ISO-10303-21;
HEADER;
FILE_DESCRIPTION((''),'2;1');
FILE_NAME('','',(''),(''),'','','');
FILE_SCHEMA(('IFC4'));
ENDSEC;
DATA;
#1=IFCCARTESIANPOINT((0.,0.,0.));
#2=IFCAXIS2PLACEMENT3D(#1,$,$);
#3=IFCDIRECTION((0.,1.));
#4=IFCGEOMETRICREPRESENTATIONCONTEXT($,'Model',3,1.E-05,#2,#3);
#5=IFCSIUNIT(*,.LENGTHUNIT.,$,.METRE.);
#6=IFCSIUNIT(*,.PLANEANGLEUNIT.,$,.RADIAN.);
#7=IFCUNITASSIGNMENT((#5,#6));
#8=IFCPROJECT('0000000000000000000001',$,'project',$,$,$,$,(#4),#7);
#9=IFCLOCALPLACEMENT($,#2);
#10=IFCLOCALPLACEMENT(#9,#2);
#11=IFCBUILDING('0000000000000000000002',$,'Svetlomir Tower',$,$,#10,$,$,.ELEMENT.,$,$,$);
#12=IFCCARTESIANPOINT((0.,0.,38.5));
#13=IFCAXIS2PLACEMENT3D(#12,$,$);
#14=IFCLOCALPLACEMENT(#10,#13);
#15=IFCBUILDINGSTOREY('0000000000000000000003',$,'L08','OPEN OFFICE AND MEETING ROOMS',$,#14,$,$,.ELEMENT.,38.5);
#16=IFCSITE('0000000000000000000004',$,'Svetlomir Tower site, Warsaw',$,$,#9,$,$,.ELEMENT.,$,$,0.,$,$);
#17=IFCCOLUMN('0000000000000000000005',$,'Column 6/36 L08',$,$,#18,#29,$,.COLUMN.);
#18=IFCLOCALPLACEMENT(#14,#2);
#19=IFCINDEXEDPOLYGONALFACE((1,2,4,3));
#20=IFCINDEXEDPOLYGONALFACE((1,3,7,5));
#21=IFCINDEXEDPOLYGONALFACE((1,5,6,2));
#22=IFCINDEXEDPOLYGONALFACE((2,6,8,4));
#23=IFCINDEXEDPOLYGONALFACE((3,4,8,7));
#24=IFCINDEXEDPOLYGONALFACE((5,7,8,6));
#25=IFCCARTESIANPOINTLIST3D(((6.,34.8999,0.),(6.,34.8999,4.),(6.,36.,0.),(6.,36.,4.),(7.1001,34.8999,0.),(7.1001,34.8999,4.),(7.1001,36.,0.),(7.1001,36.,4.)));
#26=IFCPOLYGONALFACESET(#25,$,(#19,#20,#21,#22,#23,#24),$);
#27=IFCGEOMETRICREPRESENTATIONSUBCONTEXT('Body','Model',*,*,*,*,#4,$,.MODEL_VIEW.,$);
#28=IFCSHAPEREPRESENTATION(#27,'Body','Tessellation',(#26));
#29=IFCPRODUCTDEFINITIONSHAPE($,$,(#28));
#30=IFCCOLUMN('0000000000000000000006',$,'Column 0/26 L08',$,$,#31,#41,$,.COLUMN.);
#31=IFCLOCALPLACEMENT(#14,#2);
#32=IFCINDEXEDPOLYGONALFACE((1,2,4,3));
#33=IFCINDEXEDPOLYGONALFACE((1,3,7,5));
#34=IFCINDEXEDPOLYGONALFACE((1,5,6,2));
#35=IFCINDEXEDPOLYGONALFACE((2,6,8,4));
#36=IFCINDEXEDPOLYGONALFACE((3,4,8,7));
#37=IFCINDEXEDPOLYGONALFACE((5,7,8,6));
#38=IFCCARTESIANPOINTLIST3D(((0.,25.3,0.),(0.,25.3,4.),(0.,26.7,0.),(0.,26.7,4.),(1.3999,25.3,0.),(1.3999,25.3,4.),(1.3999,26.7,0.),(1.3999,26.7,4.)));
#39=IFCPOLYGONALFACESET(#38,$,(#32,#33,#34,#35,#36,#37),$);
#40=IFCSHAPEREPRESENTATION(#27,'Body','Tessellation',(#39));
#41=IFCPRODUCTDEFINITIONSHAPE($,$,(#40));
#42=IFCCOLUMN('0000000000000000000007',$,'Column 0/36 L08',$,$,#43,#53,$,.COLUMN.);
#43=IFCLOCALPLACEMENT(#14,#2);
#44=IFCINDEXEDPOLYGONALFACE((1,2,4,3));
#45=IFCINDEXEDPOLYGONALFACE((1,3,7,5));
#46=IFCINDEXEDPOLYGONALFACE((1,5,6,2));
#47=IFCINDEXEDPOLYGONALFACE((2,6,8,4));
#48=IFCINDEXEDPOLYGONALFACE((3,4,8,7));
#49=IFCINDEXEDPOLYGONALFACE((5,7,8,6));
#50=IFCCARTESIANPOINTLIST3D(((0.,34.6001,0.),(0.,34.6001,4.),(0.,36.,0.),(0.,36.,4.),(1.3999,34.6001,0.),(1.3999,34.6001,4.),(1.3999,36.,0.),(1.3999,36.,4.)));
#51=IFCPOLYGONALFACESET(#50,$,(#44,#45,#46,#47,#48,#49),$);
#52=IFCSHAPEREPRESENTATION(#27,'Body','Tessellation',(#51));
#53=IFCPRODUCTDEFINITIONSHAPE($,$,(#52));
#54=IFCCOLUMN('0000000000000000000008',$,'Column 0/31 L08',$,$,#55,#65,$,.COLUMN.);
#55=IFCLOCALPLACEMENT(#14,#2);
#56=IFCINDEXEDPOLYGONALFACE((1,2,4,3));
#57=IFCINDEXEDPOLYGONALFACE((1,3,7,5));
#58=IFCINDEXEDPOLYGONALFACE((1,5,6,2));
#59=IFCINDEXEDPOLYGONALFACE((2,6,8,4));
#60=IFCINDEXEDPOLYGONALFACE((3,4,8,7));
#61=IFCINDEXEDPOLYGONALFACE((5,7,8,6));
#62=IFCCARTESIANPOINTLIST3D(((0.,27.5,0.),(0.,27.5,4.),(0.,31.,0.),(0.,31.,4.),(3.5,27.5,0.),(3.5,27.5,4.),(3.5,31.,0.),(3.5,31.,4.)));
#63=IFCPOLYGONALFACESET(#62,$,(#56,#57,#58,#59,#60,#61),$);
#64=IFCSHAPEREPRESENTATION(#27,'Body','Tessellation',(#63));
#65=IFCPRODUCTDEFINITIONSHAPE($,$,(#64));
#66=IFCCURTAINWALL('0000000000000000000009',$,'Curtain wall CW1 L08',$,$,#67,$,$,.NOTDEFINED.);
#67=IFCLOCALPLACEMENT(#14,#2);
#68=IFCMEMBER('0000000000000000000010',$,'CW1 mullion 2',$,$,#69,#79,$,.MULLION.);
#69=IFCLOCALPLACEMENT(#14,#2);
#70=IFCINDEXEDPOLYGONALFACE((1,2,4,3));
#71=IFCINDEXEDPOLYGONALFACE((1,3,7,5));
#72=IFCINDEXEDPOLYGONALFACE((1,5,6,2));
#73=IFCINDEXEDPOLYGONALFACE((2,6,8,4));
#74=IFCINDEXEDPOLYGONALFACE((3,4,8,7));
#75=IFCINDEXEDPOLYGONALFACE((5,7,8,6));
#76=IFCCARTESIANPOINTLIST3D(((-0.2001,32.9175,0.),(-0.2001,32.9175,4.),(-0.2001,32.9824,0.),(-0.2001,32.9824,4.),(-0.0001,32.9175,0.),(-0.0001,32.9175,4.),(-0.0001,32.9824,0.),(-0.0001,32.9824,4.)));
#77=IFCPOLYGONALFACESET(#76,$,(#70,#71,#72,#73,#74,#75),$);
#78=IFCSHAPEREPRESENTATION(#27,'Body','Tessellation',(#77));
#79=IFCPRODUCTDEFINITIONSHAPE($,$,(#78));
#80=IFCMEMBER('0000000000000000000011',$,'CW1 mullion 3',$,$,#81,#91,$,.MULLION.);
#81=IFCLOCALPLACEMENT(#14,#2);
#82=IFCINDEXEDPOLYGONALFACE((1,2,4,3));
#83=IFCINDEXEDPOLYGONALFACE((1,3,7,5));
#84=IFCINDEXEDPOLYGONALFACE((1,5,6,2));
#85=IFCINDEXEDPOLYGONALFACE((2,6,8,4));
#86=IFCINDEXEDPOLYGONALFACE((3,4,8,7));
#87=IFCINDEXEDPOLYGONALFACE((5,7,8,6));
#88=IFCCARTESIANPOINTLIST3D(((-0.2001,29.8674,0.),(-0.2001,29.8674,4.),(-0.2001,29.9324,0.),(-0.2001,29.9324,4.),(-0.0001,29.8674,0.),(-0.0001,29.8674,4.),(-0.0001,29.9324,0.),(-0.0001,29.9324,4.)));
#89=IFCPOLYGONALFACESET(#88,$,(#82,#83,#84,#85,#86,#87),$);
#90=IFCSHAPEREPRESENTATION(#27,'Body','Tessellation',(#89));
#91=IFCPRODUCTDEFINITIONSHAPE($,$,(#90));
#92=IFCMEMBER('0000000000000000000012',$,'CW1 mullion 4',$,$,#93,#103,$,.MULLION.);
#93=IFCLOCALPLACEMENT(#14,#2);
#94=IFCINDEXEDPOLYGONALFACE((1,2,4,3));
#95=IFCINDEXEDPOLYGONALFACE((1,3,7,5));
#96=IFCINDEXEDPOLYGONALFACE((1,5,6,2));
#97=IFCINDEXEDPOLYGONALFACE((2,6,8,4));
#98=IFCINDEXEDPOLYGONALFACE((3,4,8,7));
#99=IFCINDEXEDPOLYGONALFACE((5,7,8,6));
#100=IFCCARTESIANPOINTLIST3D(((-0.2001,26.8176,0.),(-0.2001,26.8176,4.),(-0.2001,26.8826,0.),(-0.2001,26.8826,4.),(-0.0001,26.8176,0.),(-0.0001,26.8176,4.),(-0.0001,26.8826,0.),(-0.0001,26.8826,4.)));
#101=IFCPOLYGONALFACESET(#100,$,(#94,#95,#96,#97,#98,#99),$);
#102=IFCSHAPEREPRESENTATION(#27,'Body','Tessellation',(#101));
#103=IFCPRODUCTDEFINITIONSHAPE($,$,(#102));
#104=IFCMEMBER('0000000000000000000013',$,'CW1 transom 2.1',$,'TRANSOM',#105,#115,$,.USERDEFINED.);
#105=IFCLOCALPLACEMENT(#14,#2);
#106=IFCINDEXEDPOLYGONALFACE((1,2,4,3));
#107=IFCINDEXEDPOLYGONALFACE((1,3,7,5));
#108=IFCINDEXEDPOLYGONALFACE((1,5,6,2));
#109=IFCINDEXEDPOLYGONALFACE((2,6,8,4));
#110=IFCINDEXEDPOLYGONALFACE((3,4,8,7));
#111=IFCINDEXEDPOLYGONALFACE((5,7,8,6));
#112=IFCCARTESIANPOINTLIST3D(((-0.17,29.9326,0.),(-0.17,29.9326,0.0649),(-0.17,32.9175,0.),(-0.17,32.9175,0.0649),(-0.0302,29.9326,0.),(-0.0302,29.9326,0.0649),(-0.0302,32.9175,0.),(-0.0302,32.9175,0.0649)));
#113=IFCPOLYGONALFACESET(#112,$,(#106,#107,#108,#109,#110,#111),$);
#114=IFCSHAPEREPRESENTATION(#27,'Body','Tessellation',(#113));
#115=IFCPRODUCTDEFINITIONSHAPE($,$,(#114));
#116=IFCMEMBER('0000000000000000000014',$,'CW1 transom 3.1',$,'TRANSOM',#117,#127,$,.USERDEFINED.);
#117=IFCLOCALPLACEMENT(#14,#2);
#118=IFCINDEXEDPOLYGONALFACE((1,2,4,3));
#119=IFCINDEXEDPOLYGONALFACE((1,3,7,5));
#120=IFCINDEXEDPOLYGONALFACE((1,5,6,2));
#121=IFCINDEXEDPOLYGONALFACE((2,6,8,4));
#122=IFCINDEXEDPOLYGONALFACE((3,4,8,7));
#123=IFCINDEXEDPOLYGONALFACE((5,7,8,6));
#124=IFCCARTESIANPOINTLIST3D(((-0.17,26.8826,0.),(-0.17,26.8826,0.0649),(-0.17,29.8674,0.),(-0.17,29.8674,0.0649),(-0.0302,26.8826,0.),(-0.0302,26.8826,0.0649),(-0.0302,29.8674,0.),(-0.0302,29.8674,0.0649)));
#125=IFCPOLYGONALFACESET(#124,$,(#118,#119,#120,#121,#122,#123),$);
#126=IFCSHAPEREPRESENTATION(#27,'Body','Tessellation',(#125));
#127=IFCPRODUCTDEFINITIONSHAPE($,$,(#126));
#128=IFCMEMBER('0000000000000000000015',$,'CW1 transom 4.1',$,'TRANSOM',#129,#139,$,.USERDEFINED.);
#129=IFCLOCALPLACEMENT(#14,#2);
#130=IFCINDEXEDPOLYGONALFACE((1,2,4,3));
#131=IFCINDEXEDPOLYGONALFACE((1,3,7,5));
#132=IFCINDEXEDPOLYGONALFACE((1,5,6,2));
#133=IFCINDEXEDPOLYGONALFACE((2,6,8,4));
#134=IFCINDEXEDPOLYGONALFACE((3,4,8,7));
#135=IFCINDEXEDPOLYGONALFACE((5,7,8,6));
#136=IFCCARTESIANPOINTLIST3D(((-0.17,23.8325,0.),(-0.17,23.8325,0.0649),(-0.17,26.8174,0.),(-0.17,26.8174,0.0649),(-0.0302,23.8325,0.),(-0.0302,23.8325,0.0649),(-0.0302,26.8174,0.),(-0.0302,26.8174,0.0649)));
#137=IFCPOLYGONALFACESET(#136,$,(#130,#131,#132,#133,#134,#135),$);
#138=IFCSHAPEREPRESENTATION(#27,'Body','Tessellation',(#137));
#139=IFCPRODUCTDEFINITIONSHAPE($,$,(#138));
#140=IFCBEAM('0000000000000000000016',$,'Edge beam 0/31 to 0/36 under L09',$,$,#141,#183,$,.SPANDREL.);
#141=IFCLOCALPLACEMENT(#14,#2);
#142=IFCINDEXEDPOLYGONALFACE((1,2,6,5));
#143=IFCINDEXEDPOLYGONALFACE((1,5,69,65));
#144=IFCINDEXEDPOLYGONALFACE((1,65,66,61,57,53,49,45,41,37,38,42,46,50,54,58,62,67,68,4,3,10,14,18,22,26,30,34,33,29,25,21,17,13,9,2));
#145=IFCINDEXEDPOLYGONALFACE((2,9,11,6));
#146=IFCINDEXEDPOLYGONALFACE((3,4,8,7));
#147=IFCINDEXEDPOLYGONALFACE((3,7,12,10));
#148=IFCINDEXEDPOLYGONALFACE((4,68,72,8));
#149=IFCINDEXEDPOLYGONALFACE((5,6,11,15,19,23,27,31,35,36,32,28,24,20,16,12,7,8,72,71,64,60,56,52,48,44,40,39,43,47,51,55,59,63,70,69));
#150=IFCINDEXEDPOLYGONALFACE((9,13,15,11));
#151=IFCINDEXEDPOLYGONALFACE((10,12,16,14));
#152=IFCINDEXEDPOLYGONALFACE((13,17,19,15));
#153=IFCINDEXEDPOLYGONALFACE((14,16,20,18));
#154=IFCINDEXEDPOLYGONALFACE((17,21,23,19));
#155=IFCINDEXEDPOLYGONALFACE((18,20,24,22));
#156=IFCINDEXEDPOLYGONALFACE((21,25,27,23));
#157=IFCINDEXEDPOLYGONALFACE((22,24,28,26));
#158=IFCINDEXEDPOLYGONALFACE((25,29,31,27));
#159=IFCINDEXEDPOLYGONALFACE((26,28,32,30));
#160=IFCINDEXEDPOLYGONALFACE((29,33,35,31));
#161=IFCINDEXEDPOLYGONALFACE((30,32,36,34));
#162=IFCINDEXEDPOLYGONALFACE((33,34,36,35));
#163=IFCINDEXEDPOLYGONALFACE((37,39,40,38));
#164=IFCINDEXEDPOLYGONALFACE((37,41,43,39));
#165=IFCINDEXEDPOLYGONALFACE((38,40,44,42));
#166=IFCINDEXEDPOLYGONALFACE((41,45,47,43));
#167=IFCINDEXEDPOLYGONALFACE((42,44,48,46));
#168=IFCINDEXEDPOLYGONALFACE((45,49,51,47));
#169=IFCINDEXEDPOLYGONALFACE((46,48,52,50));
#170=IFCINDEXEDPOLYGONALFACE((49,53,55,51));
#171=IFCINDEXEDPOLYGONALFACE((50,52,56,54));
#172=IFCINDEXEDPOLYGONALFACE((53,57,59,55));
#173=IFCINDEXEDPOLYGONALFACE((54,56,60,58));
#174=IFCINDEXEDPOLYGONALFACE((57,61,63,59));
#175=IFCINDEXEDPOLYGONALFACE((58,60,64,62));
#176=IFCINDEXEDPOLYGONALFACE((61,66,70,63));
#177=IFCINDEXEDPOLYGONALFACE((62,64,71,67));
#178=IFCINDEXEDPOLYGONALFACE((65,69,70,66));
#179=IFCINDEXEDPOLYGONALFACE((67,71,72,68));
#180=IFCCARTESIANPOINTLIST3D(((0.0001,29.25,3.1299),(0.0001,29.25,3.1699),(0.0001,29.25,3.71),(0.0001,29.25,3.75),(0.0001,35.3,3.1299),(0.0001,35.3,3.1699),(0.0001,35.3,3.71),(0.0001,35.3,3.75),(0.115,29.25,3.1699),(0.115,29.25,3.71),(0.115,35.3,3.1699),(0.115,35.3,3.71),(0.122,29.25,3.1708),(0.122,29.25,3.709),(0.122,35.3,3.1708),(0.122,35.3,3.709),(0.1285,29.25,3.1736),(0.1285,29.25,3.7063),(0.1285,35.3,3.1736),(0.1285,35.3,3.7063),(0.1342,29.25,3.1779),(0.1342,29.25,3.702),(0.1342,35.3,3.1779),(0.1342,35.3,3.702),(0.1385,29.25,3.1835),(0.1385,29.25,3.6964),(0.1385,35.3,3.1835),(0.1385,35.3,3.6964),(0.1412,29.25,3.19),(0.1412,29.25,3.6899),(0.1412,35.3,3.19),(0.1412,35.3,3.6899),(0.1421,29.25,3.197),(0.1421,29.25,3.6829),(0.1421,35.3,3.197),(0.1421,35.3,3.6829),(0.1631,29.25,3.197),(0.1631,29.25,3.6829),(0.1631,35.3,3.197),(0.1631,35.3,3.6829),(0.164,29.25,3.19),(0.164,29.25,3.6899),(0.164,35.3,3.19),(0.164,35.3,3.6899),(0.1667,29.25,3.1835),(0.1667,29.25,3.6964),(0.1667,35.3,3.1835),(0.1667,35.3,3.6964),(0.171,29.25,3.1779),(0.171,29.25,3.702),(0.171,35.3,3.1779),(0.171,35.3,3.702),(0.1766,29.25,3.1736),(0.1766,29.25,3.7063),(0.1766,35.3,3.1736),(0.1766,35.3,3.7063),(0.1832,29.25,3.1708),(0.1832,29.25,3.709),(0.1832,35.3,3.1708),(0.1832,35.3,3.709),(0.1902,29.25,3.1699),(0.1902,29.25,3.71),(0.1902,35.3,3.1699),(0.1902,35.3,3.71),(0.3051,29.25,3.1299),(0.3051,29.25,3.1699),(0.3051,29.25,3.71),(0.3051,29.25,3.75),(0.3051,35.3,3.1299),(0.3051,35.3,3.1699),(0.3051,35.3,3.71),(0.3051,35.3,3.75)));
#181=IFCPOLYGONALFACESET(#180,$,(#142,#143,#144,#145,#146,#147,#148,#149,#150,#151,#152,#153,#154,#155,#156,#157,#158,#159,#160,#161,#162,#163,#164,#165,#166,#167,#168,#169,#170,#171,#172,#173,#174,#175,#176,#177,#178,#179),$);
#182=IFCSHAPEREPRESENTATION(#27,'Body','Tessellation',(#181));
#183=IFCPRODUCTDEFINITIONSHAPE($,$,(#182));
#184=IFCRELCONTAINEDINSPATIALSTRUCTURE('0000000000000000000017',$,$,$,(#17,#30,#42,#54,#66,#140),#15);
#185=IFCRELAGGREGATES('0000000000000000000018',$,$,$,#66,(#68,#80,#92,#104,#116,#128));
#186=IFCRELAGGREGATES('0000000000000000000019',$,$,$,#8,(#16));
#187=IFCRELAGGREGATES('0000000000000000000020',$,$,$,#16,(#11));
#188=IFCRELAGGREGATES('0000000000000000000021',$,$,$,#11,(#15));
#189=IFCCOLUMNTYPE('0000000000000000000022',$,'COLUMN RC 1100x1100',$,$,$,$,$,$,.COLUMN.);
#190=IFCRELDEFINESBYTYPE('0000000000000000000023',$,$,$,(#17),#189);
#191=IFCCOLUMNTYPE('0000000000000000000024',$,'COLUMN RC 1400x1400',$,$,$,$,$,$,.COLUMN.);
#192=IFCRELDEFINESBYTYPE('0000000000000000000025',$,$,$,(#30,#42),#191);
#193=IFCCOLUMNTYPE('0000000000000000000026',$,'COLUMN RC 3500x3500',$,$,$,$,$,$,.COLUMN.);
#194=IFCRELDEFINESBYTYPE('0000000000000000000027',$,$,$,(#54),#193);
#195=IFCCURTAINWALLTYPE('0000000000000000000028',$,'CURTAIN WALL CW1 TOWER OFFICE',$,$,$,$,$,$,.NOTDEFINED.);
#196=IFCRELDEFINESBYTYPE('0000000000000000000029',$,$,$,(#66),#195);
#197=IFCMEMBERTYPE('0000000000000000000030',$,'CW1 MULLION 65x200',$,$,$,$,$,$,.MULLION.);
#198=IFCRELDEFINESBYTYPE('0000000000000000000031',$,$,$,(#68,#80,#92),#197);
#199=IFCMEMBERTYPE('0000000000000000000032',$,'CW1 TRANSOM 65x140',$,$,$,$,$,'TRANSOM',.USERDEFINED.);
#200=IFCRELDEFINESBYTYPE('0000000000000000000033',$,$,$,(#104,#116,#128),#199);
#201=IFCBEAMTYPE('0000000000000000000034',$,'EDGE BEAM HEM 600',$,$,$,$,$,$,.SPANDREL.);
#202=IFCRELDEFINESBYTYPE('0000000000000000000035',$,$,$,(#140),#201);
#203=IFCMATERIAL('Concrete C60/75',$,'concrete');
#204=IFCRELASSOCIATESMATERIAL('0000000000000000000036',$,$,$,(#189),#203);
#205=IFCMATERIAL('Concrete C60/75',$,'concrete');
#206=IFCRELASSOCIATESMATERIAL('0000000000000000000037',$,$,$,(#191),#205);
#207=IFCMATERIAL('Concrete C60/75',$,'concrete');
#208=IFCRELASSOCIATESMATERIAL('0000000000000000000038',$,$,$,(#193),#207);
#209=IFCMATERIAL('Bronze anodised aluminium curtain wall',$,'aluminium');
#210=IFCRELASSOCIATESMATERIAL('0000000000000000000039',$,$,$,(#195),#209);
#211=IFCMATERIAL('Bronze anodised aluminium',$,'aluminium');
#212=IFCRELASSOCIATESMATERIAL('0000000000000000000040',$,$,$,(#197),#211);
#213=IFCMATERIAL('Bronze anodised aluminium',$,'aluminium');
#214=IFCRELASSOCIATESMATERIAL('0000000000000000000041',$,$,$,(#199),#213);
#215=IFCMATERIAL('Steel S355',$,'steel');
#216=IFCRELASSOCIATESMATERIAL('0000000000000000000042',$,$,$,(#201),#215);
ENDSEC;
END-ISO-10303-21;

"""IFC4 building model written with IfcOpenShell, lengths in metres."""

from ifc_helpers import new_model, si_unit, direction, frame, origin, origin_2d, place, context, subcontext, project, spatial, rectangle, i_section, extrude, material, material_profile, profile_set, type_object, element, aggregate, save


model = new_model("IFC4")

# Units and contexts
model_context = context("Model", 3, precision=1e-05, world=origin(), true_north=direction((0.0, 1.0)))
body_context = subcontext(model_context, "Body", "Model", "MODEL_VIEW")
ifc_project = project(units=[si_unit("LENGTHUNIT", "METRE"), si_unit("PLANEANGLEUNIT", "RADIAN")], contexts=[model_context])

# Site, building, storey
site_placement = place(None, origin())
site = spatial("IfcSite", under=ifc_project, at=site_placement, Name="Svetlomir Tower site, Warsaw", CompositionType="ELEMENT", RefElevation=0.0)
building_placement = place(site_placement, origin())
building = spatial("IfcBuilding", under=site, at=building_placement, Name="Svetlomir Tower", CompositionType="ELEMENT")
storey_placement = place(building_placement, frame((0.0, 0.0, 38.5)))
storey = spatial("IfcBuildingStorey", under=building, at=storey_placement, Name="L08", Description="OPEN OFFICE AND MEETING ROOMS", CompositionType="ELEMENT", Elevation=38.5)

# Columns
ifc_material_1 = material(Name="Concrete C60/75", Category="concrete")
ifc_material_profile_1 = material_profile(ifc_material_1, rectangle(XDim=1.1001, YDim=1.1001, at=origin_2d()), Name="RC 1100x1100")
ifc_profile_set_1 = profile_set([ifc_material_profile_1], Name="Concrete C60/75")
column_type_1 = type_object("IfcColumnType", Name="COLUMN RC 1100x1100", PredefinedType="COLUMN", material=ifc_profile_set_1)
column_1_placement = place(storey_placement, frame((6.55, 35.45, 0.0), z_axis=(0.0, 0.0, 1.0), x_axis=(1.0, 0.0, 0.0)))
element("IfcColumn", 1, at=column_1_placement, inside=storey, type_object=column_type_1, Name="Column 6/36 L08", PredefinedType="COLUMN", context=body_context, shape_type="SweptSolid", body=[
    extrude(rectangle(XDim=1.1001, YDim=1.1001, at=origin_2d()), origin(), (0.0, 0.0, 1.0), 4.0),
])
ifc_material_2 = material(Name="Concrete C60/75", Category="concrete")
ifc_material_profile_2 = material_profile(ifc_material_2, rectangle(XDim=1.3999, YDim=1.3999, at=origin_2d()), Name="RC 1400x1400")
ifc_profile_set_2 = profile_set([ifc_material_profile_2], Name="Concrete C60/75")
column_type_2 = type_object("IfcColumnType", Name="COLUMN RC 1400x1400", PredefinedType="COLUMN", material=ifc_profile_set_2)
for number, where, z_axis, x_axis, name in (
    (2, (0.7, 26.0, 0.0), (0.0, 0.0, 1.0), (1.0, 0.0, 0.0), "Column 0/26 L08"),
    (3, (0.7, 35.3, 0.0), (0.0, 0.0, 1.0), (1.0, 0.0, 0.0), "Column 0/36 L08"),
):
    element("IfcColumn", number, at=place(storey_placement, frame(where, z_axis=z_axis, x_axis=x_axis)), inside=storey, type_object=column_type_2, Name=name, PredefinedType="COLUMN", context=body_context, shape_type="SweptSolid", body=[
        extrude(rectangle(XDim=1.3999, YDim=1.3999, at=origin_2d()), origin(), (0.0, 0.0, 1.0), 4.0),
    ])
ifc_material_3 = material(Name="Concrete C60/75", Category="concrete")
ifc_material_profile_3 = material_profile(ifc_material_3, rectangle(XDim=3.5, YDim=3.5, at=origin_2d()), Name="RC 3500x3500")
ifc_profile_set_3 = profile_set([ifc_material_profile_3], Name="Concrete C60/75")
column_type_3 = type_object("IfcColumnType", Name="COLUMN RC 3500x3500", PredefinedType="COLUMN", material=ifc_profile_set_3)
column_2_placement = place(storey_placement, frame((1.75, 29.25, 0.0), z_axis=(0.0, 0.0, 1.0), x_axis=(1.0, 0.0, 0.0)))
element("IfcColumn", 4, at=column_2_placement, inside=storey, type_object=column_type_3, Name="Column 0/31 L08", PredefinedType="COLUMN", context=body_context, shape_type="SweptSolid", body=[
    extrude(rectangle(XDim=3.5, YDim=3.5, at=origin_2d()), origin(), (0.0, 0.0, 1.0), 4.0),
])

# Curtain wall, members
ifc_material_4 = material(Name="Bronze anodised aluminium curtain wall", Category="aluminium")
curtain_wall_type = type_object("IfcCurtainWallType", Name="CURTAIN WALL CW1 TOWER OFFICE", PredefinedType="NOTDEFINED", material=ifc_material_4)
curtain_wall_placement = place(storey_placement, origin())
curtain_wall = element("IfcCurtainWall", 5, at=curtain_wall_placement, inside=storey, type_object=curtain_wall_type, Name="Curtain wall CW1 L08", PredefinedType="NOTDEFINED")
ifc_material_5 = material(Name="Bronze anodised aluminium", Category="aluminium")
ifc_material_profile_4 = material_profile(ifc_material_5, rectangle(XDim=0.0649, YDim=0.2, at=origin_2d()), Name="AL 65x200")
ifc_profile_set_4 = profile_set([ifc_material_profile_4], Name="Bronze anodised aluminium 6063-T6")
member_type_1 = type_object("IfcMemberType", Name="CW1 MULLION 65x200", PredefinedType="MULLION", material=ifc_profile_set_4)
member_1_placement = place(storey_placement, frame((-0.1001, 32.95, 0.0), z_axis=(0.0, 0.0, 1.0), x_axis=(0.0, -1.0, 0.0)))
member_1 = element("IfcMember", 6, at=member_1_placement, type_object=member_type_1, Name="CW1 mullion 2", PredefinedType="MULLION", context=body_context, shape_type="SweptSolid", body=[
    extrude(rectangle(XDim=0.0649, YDim=0.2, at=origin_2d()), origin(), (0.0, 0.0, 1.0), 4.0),
])
member_2_placement = place(storey_placement, frame((-0.1001, 29.8999, 0.0), z_axis=(0.0, 0.0, 1.0), x_axis=(0.0, -1.0, 0.0)))
member_2 = element("IfcMember", 7, at=member_2_placement, type_object=member_type_1, Name="CW1 mullion 3", PredefinedType="MULLION", context=body_context, shape_type="SweptSolid", body=[
    extrude(rectangle(XDim=0.0649, YDim=0.2, at=origin_2d()), origin(), (0.0, 0.0, 1.0), 4.0),
])
member_3_placement = place(storey_placement, frame((-0.1001, 26.8501, 0.0), z_axis=(0.0, 0.0, 1.0), x_axis=(0.0, -1.0, 0.0)))
member_3 = element("IfcMember", 8, at=member_3_placement, type_object=member_type_1, Name="CW1 mullion 4", PredefinedType="MULLION", context=body_context, shape_type="SweptSolid", body=[
    extrude(rectangle(XDim=0.0649, YDim=0.2, at=origin_2d()), origin(), (0.0, 0.0, 1.0), 4.0),
])
ifc_material_6 = material(Name="Bronze anodised aluminium", Category="aluminium")
ifc_material_profile_5 = material_profile(ifc_material_6, rectangle(XDim=0.1399, YDim=0.0649, at=origin_2d()), Name="AL 140x65")
ifc_profile_set_5 = profile_set([ifc_material_profile_5], Name="Bronze anodised aluminium 6063-T6")
member_type_2 = type_object("IfcMemberType", Name="CW1 TRANSOM 65x140", ElementType="TRANSOM", PredefinedType="USERDEFINED", material=ifc_profile_set_5)
member_4_placement = place(storey_placement, frame((-0.1001, 32.9175, 0.0325), z_axis=(0.0, -1.0, 0.0), x_axis=(1.0, 0.0, 0.0)))
member_4 = element("IfcMember", 9, at=member_4_placement, type_object=member_type_2, Name="CW1 transom 2.1", ObjectType="TRANSOM", PredefinedType="USERDEFINED", context=body_context, shape_type="SweptSolid", body=[
    extrude(rectangle(XDim=0.1399, YDim=0.0649, at=origin_2d()), origin(), (0.0, 0.0, 1.0), 2.9849),
])
member_5_placement = place(storey_placement, frame((-0.1001, 29.8674, 0.0325), z_axis=(0.0, -1.0, 0.0), x_axis=(1.0, 0.0, 0.0)))
member_5 = element("IfcMember", 10, at=member_5_placement, type_object=member_type_2, Name="CW1 transom 3.1", ObjectType="TRANSOM", PredefinedType="USERDEFINED", context=body_context, shape_type="SweptSolid", body=[
    extrude(rectangle(XDim=0.1399, YDim=0.0649, at=origin_2d()), origin(), (0.0, 0.0, 1.0), 2.9849),
])
member_6_placement = place(storey_placement, frame((-0.1001, 26.8174, 0.0325), z_axis=(0.0, -1.0, 0.0), x_axis=(1.0, 0.0, 0.0)))
member_6 = element("IfcMember", 11, at=member_6_placement, type_object=member_type_2, Name="CW1 transom 4.1", ObjectType="TRANSOM", PredefinedType="USERDEFINED", context=body_context, shape_type="SweptSolid", body=[
    extrude(rectangle(XDim=0.1399, YDim=0.0649, at=origin_2d()), origin(), (0.0, 0.0, 1.0), 2.9849),
])

# Beam
ifc_material_7 = material(Name="Steel S355", Category="steel")
ifc_material_profile_6 = material_profile(ifc_material_7, i_section(OverallWidth=0.3049, OverallDepth=0.6201, WebThickness=0.021, FlangeThickness=0.04, FilletRadius=0.0271, at=origin_2d()), Name="HEM 600")
ifc_profile_set_6 = profile_set([ifc_material_profile_6], Name="Steel S355")
beam_type = type_object("IfcBeamType", Name="EDGE BEAM HEM 600", PredefinedType="SPANDREL", material=ifc_profile_set_6)
beam_1_placement = place(storey_placement, frame((0.1526, 29.25, 3.4399), z_axis=(0.0, 1.0, 0.0), x_axis=(-1.0, 0.0, 0.0)))
element("IfcBeam", 12, at=beam_1_placement, inside=storey, type_object=beam_type, Name="Edge beam 0/31 to 0/36 under L09", PredefinedType="SPANDREL", context=body_context, shape_type="SweptSolid", body=[
    extrude(i_section(OverallWidth=0.3049, OverallDepth=0.6201, WebThickness=0.021, FlangeThickness=0.04, FilletRadius=0.0271, at=origin_2d()), origin(), (0.0, 0.0, 1.0), 6.05),
])

aggregate(curtain_wall, [member_1, member_2, member_3, member_4, member_5, member_6])

save(model, "model.ifc")
